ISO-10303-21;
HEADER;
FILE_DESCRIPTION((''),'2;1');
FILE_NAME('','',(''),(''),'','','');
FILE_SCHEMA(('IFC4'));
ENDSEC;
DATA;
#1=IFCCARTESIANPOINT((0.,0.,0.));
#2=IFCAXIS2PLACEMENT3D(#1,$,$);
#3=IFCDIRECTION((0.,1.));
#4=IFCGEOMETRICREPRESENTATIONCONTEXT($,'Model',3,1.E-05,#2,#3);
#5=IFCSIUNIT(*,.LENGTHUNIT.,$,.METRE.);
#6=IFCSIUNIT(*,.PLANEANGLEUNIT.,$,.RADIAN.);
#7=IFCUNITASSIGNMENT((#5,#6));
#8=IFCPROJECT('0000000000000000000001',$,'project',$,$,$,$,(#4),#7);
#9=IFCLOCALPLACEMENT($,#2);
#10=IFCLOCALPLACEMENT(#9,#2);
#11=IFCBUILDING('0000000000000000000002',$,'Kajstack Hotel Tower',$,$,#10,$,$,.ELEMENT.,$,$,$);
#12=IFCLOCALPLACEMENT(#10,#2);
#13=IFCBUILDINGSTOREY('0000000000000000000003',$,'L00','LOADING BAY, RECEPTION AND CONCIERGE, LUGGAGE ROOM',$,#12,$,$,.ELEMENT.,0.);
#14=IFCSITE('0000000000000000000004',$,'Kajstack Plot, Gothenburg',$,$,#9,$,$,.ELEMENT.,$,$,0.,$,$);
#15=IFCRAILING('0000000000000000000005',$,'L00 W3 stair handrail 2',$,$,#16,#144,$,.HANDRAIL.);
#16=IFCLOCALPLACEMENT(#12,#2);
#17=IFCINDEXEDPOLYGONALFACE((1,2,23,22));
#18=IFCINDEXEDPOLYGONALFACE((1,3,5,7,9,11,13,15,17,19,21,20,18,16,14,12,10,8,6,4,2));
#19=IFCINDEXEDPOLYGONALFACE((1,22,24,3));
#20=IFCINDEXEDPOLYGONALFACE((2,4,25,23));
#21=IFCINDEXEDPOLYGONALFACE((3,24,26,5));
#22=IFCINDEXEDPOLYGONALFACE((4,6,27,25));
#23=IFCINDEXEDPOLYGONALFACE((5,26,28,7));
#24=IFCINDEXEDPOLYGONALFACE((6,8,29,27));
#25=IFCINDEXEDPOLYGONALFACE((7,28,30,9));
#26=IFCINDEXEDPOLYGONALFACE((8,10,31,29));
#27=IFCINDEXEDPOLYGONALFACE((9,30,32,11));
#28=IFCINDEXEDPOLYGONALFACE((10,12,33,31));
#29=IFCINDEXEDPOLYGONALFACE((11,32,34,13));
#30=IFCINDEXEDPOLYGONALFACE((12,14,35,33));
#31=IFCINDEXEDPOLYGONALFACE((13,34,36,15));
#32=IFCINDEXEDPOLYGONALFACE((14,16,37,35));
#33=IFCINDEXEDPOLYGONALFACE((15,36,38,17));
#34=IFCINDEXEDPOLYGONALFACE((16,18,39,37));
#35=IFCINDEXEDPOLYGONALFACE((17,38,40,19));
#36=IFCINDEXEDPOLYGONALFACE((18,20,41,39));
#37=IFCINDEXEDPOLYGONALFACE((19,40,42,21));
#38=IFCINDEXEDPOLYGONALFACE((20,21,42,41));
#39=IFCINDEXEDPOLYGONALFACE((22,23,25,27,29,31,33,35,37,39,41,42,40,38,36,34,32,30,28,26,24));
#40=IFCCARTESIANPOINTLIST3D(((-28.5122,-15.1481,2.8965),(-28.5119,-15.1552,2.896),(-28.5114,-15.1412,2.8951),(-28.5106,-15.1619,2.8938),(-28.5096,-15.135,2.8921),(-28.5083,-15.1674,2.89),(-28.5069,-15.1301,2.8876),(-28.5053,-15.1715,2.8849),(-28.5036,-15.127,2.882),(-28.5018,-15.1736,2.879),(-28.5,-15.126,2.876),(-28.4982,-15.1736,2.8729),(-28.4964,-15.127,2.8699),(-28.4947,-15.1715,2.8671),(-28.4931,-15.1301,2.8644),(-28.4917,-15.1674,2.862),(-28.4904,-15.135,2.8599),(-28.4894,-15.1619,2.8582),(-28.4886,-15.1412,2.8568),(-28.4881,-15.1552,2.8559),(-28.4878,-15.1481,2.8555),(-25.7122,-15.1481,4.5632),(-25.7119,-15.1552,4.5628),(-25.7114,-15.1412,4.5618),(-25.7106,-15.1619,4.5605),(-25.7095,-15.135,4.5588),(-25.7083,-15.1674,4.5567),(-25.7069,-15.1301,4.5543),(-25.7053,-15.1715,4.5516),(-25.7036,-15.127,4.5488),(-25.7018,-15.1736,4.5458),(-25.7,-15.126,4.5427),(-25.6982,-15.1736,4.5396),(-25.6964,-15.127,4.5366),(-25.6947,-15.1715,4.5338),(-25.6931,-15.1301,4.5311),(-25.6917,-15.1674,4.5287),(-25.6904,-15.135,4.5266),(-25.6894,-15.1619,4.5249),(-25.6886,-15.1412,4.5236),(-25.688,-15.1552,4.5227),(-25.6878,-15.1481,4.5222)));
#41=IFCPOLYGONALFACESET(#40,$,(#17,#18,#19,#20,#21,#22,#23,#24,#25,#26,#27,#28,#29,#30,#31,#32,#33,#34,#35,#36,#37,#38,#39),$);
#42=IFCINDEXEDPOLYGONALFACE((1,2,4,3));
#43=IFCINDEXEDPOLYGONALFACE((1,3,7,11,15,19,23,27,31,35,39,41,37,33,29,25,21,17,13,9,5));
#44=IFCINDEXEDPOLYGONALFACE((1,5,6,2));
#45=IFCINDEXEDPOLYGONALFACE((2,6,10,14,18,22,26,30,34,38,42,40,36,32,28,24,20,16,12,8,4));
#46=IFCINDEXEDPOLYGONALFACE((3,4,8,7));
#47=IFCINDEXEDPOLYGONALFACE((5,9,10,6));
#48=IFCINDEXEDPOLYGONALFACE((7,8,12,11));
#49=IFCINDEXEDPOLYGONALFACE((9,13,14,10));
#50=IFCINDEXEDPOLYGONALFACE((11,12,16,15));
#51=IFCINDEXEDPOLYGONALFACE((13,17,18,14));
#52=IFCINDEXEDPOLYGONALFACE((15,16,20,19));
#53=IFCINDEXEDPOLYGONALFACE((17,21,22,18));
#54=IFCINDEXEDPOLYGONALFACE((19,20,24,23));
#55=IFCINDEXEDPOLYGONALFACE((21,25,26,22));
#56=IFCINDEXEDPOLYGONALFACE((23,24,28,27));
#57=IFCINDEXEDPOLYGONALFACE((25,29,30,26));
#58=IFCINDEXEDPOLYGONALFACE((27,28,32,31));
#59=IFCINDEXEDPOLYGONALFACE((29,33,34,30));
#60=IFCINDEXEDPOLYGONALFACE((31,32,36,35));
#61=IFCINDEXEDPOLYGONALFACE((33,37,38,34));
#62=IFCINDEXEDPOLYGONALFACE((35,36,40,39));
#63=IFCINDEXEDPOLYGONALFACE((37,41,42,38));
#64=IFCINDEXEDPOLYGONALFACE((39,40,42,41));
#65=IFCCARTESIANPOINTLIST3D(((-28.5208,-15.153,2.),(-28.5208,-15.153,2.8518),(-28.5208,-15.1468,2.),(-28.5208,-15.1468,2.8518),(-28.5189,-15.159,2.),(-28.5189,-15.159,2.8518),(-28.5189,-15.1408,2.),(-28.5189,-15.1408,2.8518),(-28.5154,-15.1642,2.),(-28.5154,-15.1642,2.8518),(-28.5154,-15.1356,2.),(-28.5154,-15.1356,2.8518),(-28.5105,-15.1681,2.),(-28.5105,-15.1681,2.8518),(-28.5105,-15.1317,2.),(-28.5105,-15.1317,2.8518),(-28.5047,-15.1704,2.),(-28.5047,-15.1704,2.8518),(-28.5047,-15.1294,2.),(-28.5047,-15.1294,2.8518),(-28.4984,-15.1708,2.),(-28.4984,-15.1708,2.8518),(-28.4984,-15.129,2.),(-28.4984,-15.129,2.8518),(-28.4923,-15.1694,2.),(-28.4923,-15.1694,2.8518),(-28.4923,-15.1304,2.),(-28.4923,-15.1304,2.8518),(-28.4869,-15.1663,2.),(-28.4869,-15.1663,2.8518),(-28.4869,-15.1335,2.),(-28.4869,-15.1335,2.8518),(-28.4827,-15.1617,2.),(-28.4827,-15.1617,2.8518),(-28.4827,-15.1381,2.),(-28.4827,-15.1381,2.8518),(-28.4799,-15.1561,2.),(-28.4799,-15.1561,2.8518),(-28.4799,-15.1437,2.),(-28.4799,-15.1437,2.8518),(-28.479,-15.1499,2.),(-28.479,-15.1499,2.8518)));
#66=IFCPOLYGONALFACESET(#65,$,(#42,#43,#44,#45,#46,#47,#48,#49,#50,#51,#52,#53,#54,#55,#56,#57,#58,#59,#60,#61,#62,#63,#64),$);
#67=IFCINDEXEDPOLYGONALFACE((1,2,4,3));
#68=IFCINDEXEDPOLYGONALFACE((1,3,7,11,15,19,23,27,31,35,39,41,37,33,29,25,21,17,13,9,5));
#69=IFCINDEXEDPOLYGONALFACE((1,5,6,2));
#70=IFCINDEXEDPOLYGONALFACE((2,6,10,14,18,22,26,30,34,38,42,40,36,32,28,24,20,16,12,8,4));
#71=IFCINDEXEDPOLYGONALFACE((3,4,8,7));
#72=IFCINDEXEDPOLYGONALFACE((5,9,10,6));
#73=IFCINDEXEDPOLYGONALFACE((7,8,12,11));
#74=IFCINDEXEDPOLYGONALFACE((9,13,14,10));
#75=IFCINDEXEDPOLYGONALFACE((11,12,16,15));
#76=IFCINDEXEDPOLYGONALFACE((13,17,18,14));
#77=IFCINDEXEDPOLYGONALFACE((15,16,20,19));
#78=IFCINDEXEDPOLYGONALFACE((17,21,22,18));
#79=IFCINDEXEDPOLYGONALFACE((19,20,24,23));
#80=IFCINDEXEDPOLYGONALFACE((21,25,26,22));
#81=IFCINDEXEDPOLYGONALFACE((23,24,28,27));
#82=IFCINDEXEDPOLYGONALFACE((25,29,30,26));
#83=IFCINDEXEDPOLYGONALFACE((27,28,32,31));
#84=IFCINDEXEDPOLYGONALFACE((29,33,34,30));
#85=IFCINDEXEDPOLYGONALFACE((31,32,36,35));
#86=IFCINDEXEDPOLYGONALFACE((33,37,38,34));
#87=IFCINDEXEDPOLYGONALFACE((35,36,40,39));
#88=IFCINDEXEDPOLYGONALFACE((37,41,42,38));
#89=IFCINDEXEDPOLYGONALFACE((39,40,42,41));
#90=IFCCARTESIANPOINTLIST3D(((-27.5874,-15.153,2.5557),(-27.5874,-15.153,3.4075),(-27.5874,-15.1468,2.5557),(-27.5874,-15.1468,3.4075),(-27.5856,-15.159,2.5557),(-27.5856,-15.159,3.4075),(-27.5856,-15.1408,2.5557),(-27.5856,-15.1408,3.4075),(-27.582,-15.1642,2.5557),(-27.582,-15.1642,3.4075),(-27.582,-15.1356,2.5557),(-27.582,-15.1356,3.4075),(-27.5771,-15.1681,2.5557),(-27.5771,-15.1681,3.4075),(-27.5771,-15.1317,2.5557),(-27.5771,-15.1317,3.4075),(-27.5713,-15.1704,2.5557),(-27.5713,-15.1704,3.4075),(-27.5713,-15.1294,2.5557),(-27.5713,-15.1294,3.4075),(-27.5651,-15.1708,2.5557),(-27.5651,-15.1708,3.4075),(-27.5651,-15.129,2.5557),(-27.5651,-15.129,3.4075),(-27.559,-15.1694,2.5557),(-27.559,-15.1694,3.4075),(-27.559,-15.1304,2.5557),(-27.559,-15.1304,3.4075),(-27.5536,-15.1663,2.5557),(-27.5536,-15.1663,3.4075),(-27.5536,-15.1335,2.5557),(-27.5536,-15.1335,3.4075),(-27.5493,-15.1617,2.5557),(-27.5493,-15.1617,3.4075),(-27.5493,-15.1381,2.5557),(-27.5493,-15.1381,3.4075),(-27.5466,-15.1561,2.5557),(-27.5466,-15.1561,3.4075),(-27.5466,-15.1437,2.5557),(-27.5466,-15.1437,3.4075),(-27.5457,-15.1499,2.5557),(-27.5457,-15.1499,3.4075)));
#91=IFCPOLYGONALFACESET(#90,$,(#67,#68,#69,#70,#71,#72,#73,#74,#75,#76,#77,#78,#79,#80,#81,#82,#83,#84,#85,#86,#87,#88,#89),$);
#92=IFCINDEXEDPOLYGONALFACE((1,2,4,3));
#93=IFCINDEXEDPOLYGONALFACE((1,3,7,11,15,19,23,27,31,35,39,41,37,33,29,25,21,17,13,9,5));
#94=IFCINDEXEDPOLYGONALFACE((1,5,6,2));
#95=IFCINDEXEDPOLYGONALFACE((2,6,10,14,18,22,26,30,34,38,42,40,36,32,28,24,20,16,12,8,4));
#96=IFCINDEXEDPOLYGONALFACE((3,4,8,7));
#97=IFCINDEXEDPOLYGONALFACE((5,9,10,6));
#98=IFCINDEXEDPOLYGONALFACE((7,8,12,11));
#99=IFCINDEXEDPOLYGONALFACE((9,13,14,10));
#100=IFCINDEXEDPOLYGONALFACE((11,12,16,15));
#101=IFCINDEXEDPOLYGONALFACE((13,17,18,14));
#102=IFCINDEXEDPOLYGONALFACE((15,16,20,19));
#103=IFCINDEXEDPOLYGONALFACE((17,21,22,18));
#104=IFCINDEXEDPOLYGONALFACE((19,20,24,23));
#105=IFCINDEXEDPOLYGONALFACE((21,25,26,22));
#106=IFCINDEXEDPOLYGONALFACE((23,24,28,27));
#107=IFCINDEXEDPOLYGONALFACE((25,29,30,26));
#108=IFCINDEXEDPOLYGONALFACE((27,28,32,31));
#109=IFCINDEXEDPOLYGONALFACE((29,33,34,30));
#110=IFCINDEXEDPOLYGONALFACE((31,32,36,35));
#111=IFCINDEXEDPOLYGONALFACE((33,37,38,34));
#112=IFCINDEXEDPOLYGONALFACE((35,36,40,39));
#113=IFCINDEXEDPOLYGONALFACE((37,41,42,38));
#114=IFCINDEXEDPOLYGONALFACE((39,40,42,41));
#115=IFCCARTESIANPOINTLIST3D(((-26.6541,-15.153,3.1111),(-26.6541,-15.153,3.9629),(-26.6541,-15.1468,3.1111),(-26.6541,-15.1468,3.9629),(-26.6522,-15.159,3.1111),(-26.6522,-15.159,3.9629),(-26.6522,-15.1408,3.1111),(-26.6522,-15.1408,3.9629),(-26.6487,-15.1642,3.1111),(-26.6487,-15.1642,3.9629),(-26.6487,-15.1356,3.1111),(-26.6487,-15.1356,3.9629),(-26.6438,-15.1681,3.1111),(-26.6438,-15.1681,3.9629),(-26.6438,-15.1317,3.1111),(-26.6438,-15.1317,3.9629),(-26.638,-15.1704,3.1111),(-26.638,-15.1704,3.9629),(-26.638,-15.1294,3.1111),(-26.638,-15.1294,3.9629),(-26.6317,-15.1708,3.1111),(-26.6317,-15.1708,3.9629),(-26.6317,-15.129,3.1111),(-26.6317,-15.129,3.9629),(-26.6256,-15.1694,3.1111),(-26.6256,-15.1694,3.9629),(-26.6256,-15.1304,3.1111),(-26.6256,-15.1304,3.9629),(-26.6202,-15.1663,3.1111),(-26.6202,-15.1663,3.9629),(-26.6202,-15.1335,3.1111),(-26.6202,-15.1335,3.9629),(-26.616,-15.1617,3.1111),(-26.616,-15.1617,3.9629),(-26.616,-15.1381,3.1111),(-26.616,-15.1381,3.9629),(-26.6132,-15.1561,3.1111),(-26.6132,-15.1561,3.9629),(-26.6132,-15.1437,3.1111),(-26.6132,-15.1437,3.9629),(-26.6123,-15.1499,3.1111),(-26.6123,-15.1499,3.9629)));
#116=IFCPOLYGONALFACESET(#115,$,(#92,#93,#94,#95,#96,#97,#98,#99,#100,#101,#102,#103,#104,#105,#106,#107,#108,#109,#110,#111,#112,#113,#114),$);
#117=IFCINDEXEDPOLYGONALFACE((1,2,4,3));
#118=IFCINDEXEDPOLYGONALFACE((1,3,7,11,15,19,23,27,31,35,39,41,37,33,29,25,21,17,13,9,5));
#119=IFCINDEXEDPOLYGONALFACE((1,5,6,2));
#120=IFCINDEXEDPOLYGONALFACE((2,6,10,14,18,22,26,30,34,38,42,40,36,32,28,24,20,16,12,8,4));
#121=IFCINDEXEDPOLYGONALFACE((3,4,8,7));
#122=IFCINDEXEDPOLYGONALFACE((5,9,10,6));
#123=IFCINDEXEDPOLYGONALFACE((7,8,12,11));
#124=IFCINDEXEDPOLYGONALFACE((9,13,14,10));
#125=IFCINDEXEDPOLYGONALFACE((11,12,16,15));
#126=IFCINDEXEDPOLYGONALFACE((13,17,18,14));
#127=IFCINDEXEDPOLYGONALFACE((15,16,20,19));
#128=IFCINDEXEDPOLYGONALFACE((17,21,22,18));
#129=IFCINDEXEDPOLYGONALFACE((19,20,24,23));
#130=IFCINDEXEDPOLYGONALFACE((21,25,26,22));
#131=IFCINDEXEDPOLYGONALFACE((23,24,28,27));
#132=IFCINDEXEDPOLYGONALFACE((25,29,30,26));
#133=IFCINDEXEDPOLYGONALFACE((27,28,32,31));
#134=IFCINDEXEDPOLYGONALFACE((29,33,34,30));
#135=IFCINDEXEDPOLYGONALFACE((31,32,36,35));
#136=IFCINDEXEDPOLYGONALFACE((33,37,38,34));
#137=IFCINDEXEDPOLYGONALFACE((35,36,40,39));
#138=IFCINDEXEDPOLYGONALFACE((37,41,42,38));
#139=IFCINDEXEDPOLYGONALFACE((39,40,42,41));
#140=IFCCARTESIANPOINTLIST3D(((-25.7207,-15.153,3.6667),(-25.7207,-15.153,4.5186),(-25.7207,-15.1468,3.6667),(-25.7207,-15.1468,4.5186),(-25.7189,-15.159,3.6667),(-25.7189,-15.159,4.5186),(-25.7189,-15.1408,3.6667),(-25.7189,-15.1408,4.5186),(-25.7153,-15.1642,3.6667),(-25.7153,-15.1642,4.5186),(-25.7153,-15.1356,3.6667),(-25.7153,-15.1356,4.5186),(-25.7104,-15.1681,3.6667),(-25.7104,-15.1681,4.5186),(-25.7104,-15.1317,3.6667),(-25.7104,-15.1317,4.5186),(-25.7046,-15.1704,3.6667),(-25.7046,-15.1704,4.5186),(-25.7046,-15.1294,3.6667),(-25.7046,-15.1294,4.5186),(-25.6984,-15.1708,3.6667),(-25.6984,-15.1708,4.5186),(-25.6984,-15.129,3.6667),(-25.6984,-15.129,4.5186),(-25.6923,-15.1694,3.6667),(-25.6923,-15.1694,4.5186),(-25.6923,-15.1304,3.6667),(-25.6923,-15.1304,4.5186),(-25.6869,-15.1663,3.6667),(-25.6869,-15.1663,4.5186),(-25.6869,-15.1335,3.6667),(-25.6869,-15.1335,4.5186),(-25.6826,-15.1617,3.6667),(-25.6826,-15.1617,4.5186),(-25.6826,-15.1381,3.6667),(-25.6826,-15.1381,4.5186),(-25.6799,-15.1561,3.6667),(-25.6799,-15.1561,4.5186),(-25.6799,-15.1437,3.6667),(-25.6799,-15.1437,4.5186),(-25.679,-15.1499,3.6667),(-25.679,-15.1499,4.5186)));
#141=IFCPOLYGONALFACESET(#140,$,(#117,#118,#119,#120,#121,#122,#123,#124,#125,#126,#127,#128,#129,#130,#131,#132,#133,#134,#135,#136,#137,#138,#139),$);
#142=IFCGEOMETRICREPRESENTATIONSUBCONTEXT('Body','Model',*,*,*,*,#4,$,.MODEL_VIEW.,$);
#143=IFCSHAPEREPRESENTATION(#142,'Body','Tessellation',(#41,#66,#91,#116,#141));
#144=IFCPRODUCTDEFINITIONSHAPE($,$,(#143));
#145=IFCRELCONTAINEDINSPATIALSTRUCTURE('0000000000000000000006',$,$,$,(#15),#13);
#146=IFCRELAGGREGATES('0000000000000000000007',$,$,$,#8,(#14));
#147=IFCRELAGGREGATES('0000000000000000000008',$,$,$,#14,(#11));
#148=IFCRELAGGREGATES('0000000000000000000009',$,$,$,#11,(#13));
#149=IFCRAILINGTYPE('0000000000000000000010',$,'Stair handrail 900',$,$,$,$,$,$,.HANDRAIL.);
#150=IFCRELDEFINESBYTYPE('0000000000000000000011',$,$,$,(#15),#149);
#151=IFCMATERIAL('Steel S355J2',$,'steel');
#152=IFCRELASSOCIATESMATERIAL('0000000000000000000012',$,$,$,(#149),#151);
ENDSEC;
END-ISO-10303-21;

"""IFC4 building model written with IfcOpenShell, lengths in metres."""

from ifc_helpers import new_model, si_unit, direction, frame, origin, origin_2d, place, context, subcontext, project, spatial, circle, extrude, material, type_object, element, save


model = new_model("IFC4")

# Units and contexts
model_context = context("Model", 3, precision=1e-05, world=origin(), true_north=direction((0.0, 1.0)))
body_context = subcontext(model_context, "Body", "Model", "MODEL_VIEW")
ifc_project = project(units=[si_unit("LENGTHUNIT", "METRE"), si_unit("PLANEANGLEUNIT", "RADIAN")], contexts=[model_context])

# Site, building, storey
site_placement = place(None, origin())
site = spatial("IfcSite", under=ifc_project, at=site_placement, Name="Kajstack Plot, Gothenburg", CompositionType="ELEMENT", RefElevation=0.0)
building_placement = place(site_placement, origin())
building = spatial("IfcBuilding", under=site, at=building_placement, Name="Kajstack Hotel Tower", CompositionType="ELEMENT")
storey_placement = place(building_placement, origin())
storey = spatial("IfcBuildingStorey", under=building, at=storey_placement, Name="L00", Description="LOADING BAY, RECEPTION AND CONCIERGE, LUGGAGE ROOM", CompositionType="ELEMENT", Elevation=0.0)

# Railing
ifc_material_1 = material(Name="Steel S355J2", Category="steel")
railing_type_1 = type_object("IfcRailingType", Name="Stair handrail 900", PredefinedType="HANDRAIL", material=ifc_material_1)
railing_1_placement = place(storey_placement, frame((-28.5, -15.1499, 2.0)))
element("IfcRailing", 1, at=railing_1_placement, inside=storey, type_object=railing_type_1, Name="L00 W3 stair handrail 2", PredefinedType="HANDRAIL", context=body_context, shape_type="SweptSolid", body=[
    extrude(circle(Radius=0.0239, at=origin_2d()), frame((0.0, 0.0, 0.876), z_axis=(0.859286, 0.0, 0.511496), x_axis=(0.0, 1.0, 0.0)), (0.0, 0.0, 1.0), 3.2585),
    extrude(circle(Radius=0.021, at=origin_2d()), origin(), (0.0, 0.0, 1.0), 0.8518),
    extrude(circle(Radius=0.021, at=origin_2d()), frame((0.9333, 0.0, 0.5557)), (0.0, 0.0, 1.0), 0.8518),
    extrude(circle(Radius=0.021, at=origin_2d()), frame((1.8667, 0.0, 1.1111)), (0.0, 0.0, 1.0), 0.8518),
    extrude(circle(Radius=0.021, at=origin_2d()), frame((2.8, 0.0, 1.6667)), (0.0, 0.0, 1.0), 0.8518),
])

save(model, "model.ifc")
